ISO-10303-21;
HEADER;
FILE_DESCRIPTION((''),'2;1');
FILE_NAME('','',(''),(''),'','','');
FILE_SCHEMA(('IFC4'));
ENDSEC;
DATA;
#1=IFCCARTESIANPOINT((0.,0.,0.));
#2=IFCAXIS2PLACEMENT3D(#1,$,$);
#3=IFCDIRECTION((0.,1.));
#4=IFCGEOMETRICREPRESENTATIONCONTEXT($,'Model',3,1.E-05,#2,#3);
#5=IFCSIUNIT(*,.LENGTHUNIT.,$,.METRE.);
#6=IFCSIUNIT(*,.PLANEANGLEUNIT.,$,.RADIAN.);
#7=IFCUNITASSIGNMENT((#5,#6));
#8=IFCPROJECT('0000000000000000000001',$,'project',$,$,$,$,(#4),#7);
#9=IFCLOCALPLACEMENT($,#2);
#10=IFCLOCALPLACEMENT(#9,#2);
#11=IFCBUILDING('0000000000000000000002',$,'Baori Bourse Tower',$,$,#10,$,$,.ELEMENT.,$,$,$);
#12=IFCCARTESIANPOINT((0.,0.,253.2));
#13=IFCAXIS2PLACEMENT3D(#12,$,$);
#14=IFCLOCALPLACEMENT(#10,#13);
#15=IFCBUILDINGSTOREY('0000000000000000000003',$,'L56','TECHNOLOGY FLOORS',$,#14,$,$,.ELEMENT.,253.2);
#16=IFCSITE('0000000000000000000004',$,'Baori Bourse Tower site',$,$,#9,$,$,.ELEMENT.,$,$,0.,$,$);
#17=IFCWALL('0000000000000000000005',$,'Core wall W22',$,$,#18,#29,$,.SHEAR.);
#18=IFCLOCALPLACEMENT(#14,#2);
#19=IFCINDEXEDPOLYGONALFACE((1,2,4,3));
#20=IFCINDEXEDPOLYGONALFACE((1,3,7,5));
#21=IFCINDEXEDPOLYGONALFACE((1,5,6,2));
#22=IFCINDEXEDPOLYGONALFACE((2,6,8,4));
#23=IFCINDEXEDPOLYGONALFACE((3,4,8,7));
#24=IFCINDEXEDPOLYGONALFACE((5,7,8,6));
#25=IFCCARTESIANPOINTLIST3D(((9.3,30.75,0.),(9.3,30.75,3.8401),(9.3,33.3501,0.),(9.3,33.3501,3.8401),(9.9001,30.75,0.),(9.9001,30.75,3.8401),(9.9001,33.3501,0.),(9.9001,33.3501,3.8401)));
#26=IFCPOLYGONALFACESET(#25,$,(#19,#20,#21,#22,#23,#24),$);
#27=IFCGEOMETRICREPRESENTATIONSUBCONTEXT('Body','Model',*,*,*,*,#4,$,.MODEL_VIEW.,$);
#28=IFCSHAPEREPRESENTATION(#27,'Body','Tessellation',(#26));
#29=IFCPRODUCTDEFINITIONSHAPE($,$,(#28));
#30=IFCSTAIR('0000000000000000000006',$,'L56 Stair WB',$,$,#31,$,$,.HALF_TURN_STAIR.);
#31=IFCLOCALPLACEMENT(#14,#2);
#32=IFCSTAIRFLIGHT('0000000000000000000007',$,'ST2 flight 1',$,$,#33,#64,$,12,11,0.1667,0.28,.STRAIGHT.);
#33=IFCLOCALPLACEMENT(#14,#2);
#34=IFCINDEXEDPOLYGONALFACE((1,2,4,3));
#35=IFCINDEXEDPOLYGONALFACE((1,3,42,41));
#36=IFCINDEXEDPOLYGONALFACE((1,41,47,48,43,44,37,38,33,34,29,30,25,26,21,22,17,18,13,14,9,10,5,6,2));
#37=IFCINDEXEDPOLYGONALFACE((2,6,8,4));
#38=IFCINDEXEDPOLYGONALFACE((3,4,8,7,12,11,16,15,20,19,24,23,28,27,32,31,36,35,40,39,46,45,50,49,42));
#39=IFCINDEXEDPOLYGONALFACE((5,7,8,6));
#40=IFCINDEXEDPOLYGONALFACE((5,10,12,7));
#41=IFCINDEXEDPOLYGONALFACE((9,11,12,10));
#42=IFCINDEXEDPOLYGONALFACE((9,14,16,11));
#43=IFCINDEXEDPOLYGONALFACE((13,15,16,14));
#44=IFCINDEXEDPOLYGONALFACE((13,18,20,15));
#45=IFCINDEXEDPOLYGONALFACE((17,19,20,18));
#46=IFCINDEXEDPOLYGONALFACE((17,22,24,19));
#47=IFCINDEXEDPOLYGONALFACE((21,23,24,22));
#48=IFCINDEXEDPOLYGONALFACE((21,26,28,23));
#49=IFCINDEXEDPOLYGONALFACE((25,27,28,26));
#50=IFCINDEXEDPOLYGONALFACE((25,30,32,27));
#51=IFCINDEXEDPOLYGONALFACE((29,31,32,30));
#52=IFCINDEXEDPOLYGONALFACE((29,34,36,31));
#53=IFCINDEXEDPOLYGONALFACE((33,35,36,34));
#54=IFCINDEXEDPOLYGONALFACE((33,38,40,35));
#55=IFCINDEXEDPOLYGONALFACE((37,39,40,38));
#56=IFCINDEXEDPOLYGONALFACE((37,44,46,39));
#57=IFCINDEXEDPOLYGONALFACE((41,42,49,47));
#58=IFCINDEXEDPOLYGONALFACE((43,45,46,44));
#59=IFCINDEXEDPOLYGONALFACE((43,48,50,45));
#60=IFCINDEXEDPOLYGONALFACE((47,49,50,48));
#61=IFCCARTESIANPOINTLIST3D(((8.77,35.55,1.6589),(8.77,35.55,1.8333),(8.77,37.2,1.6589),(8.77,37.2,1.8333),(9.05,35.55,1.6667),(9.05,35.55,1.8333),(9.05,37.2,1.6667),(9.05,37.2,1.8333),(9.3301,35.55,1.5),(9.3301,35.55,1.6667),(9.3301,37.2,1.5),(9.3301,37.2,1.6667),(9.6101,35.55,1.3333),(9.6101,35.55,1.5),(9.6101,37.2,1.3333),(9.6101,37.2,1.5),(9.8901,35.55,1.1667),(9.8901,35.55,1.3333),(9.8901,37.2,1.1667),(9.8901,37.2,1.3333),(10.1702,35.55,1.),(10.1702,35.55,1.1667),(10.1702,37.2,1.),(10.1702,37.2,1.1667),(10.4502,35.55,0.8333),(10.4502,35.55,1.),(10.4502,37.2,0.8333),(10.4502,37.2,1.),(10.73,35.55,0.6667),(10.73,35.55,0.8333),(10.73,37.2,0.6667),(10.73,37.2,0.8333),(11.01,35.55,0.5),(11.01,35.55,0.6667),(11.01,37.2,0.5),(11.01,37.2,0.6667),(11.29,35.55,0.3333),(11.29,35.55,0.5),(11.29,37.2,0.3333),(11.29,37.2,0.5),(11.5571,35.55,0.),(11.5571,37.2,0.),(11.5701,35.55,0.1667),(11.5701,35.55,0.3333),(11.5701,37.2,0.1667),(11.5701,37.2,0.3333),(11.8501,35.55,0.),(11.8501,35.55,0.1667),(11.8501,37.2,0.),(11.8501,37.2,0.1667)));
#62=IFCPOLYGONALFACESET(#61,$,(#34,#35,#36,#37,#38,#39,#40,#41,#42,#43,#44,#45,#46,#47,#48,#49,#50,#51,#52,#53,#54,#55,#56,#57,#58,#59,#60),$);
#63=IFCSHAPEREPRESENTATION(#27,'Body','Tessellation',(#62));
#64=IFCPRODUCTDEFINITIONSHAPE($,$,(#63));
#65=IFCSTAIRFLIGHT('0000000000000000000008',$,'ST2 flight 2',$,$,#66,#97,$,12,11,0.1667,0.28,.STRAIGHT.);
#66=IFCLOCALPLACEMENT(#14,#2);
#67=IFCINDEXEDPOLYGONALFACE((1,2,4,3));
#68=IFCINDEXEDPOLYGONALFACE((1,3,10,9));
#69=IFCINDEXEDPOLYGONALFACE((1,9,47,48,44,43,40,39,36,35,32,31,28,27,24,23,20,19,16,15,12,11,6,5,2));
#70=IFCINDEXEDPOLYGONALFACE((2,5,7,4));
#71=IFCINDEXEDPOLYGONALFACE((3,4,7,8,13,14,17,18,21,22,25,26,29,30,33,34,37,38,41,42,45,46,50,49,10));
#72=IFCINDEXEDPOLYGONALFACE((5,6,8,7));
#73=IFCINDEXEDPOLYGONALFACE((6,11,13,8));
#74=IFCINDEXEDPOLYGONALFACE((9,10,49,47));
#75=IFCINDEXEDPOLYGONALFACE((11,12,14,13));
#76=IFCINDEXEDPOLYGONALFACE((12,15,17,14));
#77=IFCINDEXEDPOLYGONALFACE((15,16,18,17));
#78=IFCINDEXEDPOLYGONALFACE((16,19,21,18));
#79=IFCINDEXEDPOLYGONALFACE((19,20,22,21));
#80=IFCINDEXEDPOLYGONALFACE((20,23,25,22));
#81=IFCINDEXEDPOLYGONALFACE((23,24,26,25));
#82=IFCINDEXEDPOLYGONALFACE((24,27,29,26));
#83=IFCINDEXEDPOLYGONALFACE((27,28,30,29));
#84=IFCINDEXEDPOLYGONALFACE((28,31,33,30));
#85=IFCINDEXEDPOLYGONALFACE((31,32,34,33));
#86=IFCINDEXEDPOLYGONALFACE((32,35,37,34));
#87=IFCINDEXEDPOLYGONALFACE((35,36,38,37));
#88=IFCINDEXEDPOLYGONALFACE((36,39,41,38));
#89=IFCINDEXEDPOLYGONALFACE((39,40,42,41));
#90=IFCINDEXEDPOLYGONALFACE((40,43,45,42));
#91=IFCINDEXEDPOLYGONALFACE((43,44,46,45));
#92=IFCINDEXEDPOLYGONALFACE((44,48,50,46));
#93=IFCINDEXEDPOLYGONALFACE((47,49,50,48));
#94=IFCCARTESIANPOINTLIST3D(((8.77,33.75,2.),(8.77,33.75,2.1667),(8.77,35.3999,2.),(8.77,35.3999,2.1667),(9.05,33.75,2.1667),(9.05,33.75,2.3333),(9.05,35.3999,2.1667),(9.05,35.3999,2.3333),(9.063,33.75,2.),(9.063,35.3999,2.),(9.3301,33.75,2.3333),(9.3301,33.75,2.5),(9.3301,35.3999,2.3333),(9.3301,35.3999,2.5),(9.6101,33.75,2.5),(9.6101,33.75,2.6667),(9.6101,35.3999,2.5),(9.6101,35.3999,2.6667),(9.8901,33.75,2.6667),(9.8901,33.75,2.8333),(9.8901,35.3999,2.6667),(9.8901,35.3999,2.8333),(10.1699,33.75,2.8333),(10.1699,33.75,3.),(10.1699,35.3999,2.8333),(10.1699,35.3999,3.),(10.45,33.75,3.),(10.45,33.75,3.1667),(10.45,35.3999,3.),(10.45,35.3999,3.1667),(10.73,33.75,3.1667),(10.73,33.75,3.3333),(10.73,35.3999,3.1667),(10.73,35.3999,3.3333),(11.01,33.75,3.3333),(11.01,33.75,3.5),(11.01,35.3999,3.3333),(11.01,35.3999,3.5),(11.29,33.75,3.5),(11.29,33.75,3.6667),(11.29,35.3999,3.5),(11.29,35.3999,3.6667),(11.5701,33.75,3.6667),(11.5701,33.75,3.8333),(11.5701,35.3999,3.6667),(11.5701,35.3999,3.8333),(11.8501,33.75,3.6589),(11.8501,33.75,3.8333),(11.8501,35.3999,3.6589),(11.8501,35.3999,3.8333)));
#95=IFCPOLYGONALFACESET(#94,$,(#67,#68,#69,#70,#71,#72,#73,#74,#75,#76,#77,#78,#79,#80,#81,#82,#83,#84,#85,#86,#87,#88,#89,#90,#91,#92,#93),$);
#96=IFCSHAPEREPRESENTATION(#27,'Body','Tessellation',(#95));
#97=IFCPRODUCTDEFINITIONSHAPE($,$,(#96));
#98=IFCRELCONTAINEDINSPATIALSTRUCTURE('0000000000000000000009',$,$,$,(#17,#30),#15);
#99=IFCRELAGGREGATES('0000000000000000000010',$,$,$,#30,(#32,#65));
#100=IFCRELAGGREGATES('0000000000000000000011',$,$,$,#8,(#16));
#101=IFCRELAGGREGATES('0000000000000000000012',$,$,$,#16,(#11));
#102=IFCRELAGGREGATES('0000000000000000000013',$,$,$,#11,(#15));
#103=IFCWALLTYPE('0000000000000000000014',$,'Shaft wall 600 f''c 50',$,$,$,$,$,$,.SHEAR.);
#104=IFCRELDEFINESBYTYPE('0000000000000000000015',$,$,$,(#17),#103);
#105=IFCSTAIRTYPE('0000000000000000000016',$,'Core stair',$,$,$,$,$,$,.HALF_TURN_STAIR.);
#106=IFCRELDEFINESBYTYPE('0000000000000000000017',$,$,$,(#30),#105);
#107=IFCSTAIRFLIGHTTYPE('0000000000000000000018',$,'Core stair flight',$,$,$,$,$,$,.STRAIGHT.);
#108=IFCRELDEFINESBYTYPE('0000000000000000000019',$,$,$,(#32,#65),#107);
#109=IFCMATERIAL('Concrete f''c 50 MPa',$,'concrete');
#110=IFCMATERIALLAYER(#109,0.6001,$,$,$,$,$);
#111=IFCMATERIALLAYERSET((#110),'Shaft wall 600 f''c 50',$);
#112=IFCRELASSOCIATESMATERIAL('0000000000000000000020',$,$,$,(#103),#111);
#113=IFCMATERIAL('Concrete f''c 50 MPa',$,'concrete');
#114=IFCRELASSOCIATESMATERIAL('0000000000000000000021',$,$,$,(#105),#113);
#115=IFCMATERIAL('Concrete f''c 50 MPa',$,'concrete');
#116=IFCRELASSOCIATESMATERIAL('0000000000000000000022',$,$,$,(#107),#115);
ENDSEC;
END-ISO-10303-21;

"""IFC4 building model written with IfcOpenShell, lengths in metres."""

from ifc_helpers import new_model, si_unit, direction, frame, frame_2d, origin, place, context, subcontext, project, spatial, polyline, rectangle, outline, extrude, material, layer, layer_set, type_object, element, aggregate, save


model = new_model("IFC4")

# Units and contexts
model_context = context("Model", 3, precision=1e-05, world=origin(), true_north=direction((0.0, 1.0)))
body_context = subcontext(model_context, "Body", "Model", "MODEL_VIEW")
ifc_project = project(units=[si_unit("LENGTHUNIT", "METRE"), si_unit("PLANEANGLEUNIT", "RADIAN")], contexts=[model_context])

# Site, building, storey
site_placement = place(None, origin())
site = spatial("IfcSite", under=ifc_project, at=site_placement, Name="Baori Bourse Tower site", CompositionType="ELEMENT", RefElevation=0.0)
building_placement = place(site_placement, origin())
building = spatial("IfcBuilding", under=site, at=building_placement, Name="Baori Bourse Tower", CompositionType="ELEMENT")
storey_placement = place(building_placement, frame((0.0, 0.0, 253.2)))
storey = spatial("IfcBuildingStorey", under=building, at=storey_placement, Name="L56", Description="TECHNOLOGY FLOORS", CompositionType="ELEMENT", Elevation=253.2)

# Wall
ifc_material_1 = material(Name="Concrete f'c 50 MPa", Category="concrete")
ifc_layer_1 = layer(ifc_material_1, 0.6001)
ifc_layer_set_1 = layer_set([ifc_layer_1], Name="Shaft wall 600 f'c 50")
wall_type_1 = type_object("IfcWallType", Name="Shaft wall 600 f'c 50", PredefinedType="SHEAR", material=ifc_layer_set_1)
wall_1_placement = place(storey_placement, frame((9.6001, 30.75, 0.0), z_axis=(0.0, 0.0, 1.0), x_axis=(0.0, 1.0, 0.0)))
element("IfcWall", 1, at=wall_1_placement, inside=storey, type_object=wall_type_1, Name="Core wall W22", PredefinedType="SHEAR", context=body_context, shape_type="SweptSolid", body=[
    extrude(rectangle(XDim=2.6001, YDim=0.6001, at=frame_2d((1.3, 0.0))), origin(), (0.0, 0.0, 1.0), 3.8401),
])

# Stair, stair flights
ifc_material_2 = material(Name="Concrete f'c 50 MPa", Category="concrete")
stair_type = type_object("IfcStairType", Name="Core stair", PredefinedType="HALF_TURN_STAIR", material=ifc_material_2)
stair_placement = place(storey_placement, origin())
stair = element("IfcStair", 2, at=stair_placement, inside=storey, type_object=stair_type, Name="L56 Stair WB", PredefinedType="HALF_TURN_STAIR")
ifc_material_3 = material(Name="Concrete f'c 50 MPa", Category="concrete")
stair_flight_type = type_object("IfcStairFlightType", Name="Core stair flight", PredefinedType="STRAIGHT", material=ifc_material_3)
stair_flight_1_placement = place(storey_placement, frame((11.8501, 36.375, 0.0), z_axis=(0.0, 0.0, 1.0), x_axis=(-1.0, 0.0, 0.0)))
stair_flight_1 = element("IfcStairFlight", 3, at=stair_flight_1_placement, type_object=stair_flight_type, Name="ST2 flight 1", NumberOfRisers=12, NumberOfTreads=11, PredefinedType="STRAIGHT", RiserHeight=0.1667, TreadLength=0.28, context=body_context, shape_type="SweptSolid", body=[
    extrude(outline(polyline([(0.0, 0.0), (0.0, 0.1667), (0.28, 0.1667), (0.28, 0.3333), (0.5601, 0.3333), (0.5601, 0.5), (0.8401, 0.5), (0.8401, 0.6667), (1.1201, 0.6667), (1.1201, 0.8333), (1.3999, 0.8333), (1.3999, 1.0), (1.6799, 1.0), (1.6799, 1.1667), (1.96, 1.1667), (1.96, 1.3333), (2.24, 1.3333), (2.24, 1.5), (2.52, 1.5), (2.52, 1.6667), (2.8, 1.6667), (2.8, 1.8333), (3.0801, 1.8333), (3.0801, 2.0), (3.0801, 1.6589), (0.293, 0.0), (0.0, 0.0)])), frame((0.0, 0.825, 0.0), z_axis=(0.0, -1.0, 0.0), x_axis=(1.0, 0.0, 0.0)), (0.0, 0.0, 1.0), 1.6499),
])
stair_flight_2_placement = place(storey_placement, frame((8.77, 34.575, 2.0), z_axis=(0.0, 0.0, 1.0), x_axis=(1.0, 0.0, 0.0)))
stair_flight_2 = element("IfcStairFlight", 4, at=stair_flight_2_placement, type_object=stair_flight_type, Name="ST2 flight 2", NumberOfRisers=12, NumberOfTreads=11, PredefinedType="STRAIGHT", RiserHeight=0.1667, TreadLength=0.28, context=body_context, shape_type="SweptSolid", body=[
    extrude(outline(polyline([(0.0, 0.0), (0.0, 0.1667), (0.28, 0.1667), (0.28, 0.3333), (0.5601, 0.3333), (0.5601, 0.5), (0.8401, 0.5), (0.8401, 0.6667), (1.1201, 0.6667), (1.1201, 0.8333), (1.3999, 0.8333), (1.3999, 1.0), (1.6799, 1.0), (1.6799, 1.1667), (1.96, 1.1667), (1.96, 1.3333), (2.24, 1.3333), (2.24, 1.5), (2.52, 1.5), (2.52, 1.6667), (2.8, 1.6667), (2.8, 1.8333), (3.0801, 1.8333), (3.0801, 2.0), (3.0801, 1.6589), (0.293, 0.0), (0.0, 0.0)])), frame((0.0, 0.825, 0.0), z_axis=(0.0, -1.0, 0.0), x_axis=(1.0, 0.0, 0.0)), (0.0, 0.0, 1.0), 1.6499),
])
aggregate(stair, [stair_flight_1, stair_flight_2])

save(model, "model.ifc")
